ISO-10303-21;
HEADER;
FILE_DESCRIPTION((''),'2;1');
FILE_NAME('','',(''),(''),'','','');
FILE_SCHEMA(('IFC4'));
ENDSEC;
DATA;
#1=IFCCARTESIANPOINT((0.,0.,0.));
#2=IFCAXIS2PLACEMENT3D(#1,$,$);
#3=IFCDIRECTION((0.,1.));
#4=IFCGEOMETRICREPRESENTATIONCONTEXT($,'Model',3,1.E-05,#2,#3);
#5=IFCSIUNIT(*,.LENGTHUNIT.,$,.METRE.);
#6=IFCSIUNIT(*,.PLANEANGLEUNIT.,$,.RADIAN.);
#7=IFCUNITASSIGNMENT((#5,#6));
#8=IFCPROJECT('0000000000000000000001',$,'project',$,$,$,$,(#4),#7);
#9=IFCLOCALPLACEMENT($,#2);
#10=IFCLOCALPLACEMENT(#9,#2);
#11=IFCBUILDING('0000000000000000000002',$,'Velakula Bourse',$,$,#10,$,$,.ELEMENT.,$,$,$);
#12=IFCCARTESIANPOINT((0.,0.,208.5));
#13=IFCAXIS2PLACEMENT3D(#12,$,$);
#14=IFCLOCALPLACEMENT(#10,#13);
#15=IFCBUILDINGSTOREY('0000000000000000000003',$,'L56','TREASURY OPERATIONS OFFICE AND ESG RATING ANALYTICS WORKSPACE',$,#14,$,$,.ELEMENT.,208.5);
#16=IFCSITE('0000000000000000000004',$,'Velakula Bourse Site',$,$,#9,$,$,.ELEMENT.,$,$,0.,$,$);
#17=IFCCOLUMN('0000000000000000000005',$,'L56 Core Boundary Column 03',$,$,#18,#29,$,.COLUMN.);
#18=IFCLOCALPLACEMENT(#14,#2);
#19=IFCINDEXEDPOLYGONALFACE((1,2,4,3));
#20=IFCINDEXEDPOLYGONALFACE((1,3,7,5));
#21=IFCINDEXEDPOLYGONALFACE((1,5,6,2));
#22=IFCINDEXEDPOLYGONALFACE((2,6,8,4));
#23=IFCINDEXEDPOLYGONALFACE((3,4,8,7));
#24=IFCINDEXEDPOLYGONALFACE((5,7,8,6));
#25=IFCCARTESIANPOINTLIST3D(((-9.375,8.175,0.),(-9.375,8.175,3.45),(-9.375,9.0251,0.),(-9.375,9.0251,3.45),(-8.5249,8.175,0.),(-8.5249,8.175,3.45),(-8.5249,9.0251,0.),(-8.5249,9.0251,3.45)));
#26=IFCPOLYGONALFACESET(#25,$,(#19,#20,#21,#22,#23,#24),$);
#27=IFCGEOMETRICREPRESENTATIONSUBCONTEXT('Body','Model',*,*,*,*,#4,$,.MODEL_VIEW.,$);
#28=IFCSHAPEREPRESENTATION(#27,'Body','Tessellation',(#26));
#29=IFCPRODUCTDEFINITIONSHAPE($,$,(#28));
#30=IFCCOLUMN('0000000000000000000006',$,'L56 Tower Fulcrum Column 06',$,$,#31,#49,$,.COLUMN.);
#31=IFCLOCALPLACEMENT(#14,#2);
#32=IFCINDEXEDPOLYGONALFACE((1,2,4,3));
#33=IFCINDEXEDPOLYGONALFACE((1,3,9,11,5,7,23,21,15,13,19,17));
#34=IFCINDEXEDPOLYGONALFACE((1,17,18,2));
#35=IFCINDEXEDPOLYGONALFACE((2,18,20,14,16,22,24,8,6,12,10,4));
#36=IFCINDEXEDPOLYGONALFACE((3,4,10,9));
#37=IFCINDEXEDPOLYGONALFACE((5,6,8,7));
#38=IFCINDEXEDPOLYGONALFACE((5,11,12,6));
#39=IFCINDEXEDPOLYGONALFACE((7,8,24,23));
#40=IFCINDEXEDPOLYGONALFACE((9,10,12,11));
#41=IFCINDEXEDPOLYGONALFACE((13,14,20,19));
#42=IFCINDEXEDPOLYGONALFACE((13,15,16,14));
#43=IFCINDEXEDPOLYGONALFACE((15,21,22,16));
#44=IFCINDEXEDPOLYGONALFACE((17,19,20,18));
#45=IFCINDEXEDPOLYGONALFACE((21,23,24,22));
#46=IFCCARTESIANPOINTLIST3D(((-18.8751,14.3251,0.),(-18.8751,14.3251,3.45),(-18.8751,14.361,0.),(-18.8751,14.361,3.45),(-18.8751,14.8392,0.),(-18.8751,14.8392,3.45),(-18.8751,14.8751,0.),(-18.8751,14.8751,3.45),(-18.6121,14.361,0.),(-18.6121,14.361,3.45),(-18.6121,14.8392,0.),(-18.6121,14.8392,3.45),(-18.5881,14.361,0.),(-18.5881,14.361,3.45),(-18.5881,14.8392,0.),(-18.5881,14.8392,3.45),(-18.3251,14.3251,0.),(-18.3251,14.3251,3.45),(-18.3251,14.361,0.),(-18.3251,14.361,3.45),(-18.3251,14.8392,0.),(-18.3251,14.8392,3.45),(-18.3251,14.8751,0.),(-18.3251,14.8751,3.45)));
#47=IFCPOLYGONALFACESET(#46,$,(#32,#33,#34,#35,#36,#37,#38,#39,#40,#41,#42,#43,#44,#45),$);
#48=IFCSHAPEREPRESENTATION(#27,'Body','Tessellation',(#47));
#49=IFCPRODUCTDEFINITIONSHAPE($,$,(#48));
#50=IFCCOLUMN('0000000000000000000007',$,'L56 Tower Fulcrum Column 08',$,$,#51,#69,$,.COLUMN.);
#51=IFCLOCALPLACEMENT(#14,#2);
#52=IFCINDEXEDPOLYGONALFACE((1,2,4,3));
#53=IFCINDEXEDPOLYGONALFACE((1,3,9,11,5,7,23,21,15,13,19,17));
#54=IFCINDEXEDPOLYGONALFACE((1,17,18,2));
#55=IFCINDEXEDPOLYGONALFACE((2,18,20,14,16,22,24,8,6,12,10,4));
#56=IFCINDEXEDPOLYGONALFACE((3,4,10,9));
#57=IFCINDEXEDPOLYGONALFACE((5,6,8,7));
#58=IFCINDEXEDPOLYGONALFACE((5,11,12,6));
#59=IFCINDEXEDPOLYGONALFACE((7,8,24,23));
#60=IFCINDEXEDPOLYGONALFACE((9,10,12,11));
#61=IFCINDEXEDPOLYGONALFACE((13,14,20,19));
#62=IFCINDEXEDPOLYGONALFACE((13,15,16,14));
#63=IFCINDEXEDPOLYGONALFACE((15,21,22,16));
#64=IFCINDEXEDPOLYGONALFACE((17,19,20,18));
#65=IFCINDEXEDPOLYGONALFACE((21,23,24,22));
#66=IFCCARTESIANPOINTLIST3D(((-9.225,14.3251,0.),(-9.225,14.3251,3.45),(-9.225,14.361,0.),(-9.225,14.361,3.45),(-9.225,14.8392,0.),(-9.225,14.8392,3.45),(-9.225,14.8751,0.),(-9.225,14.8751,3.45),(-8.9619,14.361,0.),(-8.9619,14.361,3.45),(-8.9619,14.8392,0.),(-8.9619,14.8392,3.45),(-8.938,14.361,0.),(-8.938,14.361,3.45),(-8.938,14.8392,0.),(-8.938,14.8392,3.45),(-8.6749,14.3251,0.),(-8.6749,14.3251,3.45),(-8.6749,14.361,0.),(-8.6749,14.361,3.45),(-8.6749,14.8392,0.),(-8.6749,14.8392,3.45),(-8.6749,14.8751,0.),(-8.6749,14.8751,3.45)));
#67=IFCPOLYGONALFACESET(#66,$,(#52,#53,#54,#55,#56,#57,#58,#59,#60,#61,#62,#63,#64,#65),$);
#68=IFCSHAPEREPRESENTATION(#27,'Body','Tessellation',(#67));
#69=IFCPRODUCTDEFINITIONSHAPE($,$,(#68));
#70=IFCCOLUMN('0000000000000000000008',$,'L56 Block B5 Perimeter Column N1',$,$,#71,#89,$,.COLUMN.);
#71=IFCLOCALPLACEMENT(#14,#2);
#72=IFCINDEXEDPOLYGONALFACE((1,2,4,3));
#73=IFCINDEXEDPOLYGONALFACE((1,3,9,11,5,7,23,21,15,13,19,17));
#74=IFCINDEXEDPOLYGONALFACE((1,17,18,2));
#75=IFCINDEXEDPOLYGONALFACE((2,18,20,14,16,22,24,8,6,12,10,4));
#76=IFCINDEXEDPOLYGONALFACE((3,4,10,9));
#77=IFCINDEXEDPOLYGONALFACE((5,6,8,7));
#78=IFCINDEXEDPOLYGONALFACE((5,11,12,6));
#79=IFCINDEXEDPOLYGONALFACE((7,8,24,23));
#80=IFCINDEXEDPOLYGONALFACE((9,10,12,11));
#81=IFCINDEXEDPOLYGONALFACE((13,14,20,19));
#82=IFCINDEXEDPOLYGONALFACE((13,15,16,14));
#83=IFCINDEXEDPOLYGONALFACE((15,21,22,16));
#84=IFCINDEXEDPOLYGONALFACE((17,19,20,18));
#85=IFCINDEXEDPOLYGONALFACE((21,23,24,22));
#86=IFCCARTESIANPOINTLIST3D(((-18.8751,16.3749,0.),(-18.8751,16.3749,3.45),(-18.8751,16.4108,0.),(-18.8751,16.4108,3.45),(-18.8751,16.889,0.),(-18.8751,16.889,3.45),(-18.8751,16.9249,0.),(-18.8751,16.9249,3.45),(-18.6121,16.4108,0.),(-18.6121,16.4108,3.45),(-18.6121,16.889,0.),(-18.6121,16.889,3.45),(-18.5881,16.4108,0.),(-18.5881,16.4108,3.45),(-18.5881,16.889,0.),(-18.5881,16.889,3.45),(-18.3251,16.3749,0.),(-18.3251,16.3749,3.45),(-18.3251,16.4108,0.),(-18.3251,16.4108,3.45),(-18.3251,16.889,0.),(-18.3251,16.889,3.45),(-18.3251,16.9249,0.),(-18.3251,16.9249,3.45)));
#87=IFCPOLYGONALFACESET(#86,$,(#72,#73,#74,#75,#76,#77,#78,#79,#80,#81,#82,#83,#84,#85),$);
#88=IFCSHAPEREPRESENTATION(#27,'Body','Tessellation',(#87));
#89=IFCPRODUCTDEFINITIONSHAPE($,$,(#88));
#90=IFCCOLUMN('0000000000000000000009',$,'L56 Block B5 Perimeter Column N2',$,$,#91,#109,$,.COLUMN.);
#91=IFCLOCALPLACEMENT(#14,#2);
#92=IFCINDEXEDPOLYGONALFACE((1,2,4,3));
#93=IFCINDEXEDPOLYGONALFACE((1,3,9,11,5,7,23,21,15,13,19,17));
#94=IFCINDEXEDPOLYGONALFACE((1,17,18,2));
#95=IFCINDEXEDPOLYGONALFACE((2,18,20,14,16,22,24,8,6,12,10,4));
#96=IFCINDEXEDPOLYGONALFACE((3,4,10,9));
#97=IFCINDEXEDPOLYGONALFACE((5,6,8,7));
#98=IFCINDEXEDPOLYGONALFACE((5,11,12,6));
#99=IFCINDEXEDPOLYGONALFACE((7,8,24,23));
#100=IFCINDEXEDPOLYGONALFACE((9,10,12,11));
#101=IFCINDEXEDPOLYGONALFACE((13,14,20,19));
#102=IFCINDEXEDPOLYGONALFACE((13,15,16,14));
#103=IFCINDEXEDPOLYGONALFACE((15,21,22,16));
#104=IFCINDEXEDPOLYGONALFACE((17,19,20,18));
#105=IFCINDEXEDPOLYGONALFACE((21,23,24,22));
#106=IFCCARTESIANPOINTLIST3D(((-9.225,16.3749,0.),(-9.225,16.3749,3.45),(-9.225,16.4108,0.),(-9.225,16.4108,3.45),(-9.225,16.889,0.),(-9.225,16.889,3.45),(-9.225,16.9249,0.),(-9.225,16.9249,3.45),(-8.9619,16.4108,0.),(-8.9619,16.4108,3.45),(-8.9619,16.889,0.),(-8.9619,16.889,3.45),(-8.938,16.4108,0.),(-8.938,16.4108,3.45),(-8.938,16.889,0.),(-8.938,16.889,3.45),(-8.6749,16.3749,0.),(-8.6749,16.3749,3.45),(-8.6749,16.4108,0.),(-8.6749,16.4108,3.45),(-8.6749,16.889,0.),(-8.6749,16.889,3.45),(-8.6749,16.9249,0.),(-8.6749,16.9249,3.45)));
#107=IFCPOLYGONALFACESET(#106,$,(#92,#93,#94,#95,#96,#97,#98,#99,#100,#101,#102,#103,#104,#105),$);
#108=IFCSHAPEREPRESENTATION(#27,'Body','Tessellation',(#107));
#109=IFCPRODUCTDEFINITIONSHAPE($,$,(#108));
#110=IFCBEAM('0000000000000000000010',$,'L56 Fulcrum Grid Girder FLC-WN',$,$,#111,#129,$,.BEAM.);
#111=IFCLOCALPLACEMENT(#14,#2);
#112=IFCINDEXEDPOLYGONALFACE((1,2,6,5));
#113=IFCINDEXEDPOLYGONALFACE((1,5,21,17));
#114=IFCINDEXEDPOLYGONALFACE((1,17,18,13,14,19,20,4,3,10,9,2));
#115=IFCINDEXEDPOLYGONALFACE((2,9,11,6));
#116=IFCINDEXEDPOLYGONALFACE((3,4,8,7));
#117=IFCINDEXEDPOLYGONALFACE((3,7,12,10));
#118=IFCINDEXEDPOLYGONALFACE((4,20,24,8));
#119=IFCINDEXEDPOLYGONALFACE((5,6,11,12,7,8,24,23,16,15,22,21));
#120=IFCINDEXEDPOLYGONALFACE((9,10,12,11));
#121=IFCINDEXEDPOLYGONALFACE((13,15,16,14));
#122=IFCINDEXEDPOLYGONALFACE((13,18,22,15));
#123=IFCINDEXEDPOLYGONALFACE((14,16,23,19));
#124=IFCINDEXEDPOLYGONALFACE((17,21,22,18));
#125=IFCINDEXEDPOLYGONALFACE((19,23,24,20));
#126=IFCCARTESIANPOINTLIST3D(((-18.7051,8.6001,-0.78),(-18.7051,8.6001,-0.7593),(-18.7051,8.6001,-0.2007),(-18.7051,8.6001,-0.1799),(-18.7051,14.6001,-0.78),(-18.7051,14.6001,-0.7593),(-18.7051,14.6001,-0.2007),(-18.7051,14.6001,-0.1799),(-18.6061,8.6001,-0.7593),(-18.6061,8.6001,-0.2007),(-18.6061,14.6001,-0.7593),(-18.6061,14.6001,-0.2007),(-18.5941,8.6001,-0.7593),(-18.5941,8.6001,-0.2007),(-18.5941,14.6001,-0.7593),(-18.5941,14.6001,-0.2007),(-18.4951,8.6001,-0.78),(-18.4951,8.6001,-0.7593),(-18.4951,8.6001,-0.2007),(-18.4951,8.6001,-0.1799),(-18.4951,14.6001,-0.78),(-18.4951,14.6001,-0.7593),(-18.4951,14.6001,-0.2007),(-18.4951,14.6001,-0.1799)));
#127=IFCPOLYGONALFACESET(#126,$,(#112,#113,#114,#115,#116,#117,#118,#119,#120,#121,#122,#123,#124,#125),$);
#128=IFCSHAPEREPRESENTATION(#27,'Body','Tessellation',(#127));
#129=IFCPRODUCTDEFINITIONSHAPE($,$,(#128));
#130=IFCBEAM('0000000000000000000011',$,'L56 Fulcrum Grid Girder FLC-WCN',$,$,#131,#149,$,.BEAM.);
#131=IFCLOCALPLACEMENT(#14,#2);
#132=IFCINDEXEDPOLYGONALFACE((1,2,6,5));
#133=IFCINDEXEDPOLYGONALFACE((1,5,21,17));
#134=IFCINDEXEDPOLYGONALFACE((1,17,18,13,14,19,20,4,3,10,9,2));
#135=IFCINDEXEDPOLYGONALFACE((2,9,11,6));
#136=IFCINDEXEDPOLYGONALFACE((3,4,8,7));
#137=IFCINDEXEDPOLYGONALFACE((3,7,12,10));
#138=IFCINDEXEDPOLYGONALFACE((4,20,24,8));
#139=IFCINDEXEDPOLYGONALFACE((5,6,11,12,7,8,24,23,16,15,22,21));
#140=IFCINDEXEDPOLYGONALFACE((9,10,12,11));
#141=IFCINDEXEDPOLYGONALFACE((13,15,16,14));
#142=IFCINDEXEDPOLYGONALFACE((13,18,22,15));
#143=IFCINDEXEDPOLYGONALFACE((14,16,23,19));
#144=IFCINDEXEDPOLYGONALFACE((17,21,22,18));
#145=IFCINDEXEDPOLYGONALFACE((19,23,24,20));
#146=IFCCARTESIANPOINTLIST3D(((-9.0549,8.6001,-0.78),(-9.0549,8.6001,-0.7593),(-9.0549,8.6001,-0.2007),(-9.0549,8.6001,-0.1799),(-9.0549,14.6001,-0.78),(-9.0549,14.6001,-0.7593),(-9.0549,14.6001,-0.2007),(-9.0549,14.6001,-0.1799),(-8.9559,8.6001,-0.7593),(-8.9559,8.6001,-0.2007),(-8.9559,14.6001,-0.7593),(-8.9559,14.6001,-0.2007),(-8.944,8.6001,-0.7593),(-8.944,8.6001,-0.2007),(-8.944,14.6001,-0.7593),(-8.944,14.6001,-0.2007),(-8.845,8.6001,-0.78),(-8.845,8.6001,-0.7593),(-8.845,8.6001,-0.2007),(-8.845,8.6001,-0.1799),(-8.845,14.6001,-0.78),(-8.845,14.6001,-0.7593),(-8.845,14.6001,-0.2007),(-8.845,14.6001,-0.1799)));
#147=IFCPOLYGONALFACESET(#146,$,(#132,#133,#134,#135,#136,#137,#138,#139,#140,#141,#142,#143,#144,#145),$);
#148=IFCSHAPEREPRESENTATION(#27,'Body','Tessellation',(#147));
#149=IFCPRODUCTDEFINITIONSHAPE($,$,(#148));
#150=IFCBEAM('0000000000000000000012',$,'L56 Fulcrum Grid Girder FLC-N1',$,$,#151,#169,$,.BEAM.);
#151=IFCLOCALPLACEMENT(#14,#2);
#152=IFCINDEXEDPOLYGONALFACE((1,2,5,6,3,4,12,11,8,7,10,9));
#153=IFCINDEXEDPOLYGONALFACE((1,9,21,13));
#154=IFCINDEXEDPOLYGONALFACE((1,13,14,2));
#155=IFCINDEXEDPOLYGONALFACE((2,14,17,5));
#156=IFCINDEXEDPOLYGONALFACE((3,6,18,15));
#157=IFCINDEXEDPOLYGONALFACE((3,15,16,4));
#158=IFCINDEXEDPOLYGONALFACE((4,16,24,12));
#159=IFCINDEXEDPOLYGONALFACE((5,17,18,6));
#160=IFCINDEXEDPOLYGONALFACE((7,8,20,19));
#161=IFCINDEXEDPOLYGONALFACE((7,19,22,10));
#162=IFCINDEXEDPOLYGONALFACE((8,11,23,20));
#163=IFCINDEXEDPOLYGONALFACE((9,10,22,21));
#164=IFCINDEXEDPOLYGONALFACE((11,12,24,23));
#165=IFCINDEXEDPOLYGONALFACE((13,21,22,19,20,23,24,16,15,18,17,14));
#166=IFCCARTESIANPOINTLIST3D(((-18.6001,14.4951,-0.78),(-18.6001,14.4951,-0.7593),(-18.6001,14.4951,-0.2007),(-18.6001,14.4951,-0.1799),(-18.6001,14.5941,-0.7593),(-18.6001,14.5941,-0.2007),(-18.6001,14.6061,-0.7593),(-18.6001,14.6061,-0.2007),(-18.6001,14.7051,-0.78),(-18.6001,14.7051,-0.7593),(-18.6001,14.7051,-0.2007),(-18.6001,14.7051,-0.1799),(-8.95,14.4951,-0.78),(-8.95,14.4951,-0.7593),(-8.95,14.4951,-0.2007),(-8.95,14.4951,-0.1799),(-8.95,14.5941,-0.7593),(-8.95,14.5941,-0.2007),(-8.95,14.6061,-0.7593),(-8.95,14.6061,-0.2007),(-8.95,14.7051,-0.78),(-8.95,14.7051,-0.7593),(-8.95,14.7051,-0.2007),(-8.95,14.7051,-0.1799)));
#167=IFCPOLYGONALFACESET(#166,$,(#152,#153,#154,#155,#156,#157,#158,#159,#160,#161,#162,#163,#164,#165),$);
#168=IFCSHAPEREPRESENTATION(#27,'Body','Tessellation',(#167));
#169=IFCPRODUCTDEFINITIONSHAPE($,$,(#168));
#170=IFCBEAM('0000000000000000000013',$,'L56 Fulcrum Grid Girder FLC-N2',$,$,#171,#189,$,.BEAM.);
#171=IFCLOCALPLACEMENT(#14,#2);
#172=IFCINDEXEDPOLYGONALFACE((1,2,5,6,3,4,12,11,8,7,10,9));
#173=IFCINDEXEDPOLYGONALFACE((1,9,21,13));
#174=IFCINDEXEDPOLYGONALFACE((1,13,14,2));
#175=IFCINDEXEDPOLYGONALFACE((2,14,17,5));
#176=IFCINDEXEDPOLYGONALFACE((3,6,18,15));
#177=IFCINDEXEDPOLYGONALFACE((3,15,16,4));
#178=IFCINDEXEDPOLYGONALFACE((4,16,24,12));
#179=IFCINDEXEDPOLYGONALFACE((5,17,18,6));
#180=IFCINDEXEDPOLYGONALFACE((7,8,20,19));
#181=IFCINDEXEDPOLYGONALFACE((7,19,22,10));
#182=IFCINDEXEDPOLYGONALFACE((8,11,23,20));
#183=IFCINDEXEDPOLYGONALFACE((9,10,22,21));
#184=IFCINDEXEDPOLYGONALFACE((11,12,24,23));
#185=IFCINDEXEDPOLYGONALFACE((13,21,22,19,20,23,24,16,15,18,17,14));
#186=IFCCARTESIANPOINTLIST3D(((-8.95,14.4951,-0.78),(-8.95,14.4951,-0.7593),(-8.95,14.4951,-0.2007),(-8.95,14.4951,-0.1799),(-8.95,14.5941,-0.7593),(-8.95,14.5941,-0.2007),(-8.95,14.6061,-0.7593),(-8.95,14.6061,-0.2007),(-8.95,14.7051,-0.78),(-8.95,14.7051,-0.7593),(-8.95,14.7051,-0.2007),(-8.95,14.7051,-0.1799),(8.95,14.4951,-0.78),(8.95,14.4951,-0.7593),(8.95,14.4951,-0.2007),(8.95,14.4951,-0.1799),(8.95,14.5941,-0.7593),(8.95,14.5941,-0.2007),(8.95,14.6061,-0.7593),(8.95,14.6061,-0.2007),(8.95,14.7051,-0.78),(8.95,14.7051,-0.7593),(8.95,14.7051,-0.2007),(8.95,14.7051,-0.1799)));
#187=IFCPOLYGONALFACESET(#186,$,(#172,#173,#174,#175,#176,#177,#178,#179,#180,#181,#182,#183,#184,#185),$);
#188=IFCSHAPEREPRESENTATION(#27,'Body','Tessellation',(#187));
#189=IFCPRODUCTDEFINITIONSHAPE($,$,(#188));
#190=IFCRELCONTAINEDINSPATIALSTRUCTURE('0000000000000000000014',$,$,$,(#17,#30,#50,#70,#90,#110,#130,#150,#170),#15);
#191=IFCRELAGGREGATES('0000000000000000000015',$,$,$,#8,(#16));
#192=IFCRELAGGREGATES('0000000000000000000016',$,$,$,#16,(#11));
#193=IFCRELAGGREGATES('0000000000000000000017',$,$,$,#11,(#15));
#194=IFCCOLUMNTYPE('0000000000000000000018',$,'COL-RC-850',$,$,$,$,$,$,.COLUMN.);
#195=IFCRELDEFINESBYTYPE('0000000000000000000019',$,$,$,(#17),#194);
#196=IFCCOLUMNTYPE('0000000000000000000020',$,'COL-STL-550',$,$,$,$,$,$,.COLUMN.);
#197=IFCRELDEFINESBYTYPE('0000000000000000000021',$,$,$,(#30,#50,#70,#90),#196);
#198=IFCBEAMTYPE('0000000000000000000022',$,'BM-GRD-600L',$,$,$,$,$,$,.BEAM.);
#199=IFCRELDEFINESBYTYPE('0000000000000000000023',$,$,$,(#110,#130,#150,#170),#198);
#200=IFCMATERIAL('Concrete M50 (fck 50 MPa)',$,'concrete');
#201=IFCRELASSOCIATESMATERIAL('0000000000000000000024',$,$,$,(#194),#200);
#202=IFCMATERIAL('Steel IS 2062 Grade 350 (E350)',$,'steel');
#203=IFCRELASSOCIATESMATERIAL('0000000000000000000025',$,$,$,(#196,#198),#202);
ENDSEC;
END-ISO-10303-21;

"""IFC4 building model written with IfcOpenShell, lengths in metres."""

from ifc_helpers import new_model, si_unit, direction, frame, origin, origin_2d, place, context, subcontext, project, spatial, rectangle, i_section, extrude, material, material_profile, profile_set, type_object, element, save


model = new_model("IFC4")

# Units and contexts
model_context = context("Model", 3, precision=1e-05, world=origin(), true_north=direction((0.0, 1.0)))
body_context = subcontext(model_context, "Body", "Model", "MODEL_VIEW")
ifc_project = project(units=[si_unit("LENGTHUNIT", "METRE"), si_unit("PLANEANGLEUNIT", "RADIAN")], contexts=[model_context])

# Site, building, storey
site_placement = place(None, origin())
site = spatial("IfcSite", under=ifc_project, at=site_placement, Name="Velakula Bourse Site", CompositionType="ELEMENT", RefElevation=0.0)
building_placement = place(site_placement, origin())
building = spatial("IfcBuilding", under=site, at=building_placement, Name="Velakula Bourse", CompositionType="ELEMENT")
storey_placement = place(building_placement, frame((0.0, 0.0, 208.5)))
storey = spatial("IfcBuildingStorey", under=building, at=storey_placement, Name="L56", Description="TREASURY OPERATIONS OFFICE AND ESG RATING ANALYTICS WORKSPACE", CompositionType="ELEMENT", Elevation=208.5)

# Columns
ifc_material_1 = material(Name="Concrete M50 (fck 50 MPa)", Category="concrete")
ifc_material_profile_1 = material_profile(ifc_material_1, rectangle(XDim=0.8501, YDim=0.8501, at=origin_2d()), Name="Concrete M50 (fck 50 MPa)")
ifc_profile_set_1 = profile_set([ifc_material_profile_1], Name="Concrete M50 (fck 50 MPa)")
column_type_1 = type_object("IfcColumnType", Name="COL-RC-850", PredefinedType="COLUMN", material=ifc_profile_set_1)
column_placement = place(storey_placement, frame((-8.95, 8.6001, 0.0), z_axis=(0.0, 0.0, 1.0), x_axis=(1.0, 0.0, 0.0)))
element("IfcColumn", 1, at=column_placement, inside=storey, type_object=column_type_1, Name="L56 Core Boundary Column 03", PredefinedType="COLUMN", context=body_context, shape_type="SweptSolid", body=[
    extrude(rectangle(XDim=0.8501, YDim=0.8501, at=origin_2d()), origin(), (0.0, 0.0, 1.0), 3.45),
])
ifc_material_2 = material(Name="Steel IS 2062 Grade 350 (E350)", Category="steel")
ifc_material_profile_2 = material_profile(ifc_material_2, i_section(OverallWidth=0.55, OverallDepth=0.55, WebThickness=0.0239, FlangeThickness=0.0359, at=origin_2d()), Name="Steel IS 2062 Grade 350 (E350)")
ifc_profile_set_2 = profile_set([ifc_material_profile_2], Name="Steel IS 2062 Grade 350 (E350)")
column_type_2 = type_object("IfcColumnType", Name="COL-STL-550", PredefinedType="COLUMN", material=ifc_profile_set_2)
for number, where, z_axis, x_axis, name in (
    (2, (-18.6001, 14.6001, 0.0), (0.0, 0.0, 1.0), (1.0, 0.0, 0.0), "L56 Tower Fulcrum Column 06"),
    (3, (-8.95, 14.6001, 0.0), (0.0, 0.0, 1.0), (1.0, 0.0, 0.0), "L56 Tower Fulcrum Column 08"),
    (4, (-18.6001, 16.6499, 0.0), (0.0, 0.0, 1.0), (1.0, 0.0, 0.0), "L56 Block B5 Perimeter Column N1"),
    (5, (-8.95, 16.6499, 0.0), (0.0, 0.0, 1.0), (1.0, 0.0, 0.0), "L56 Block B5 Perimeter Column N2"),
):
    element("IfcColumn", number, at=place(storey_placement, frame(where, z_axis=z_axis, x_axis=x_axis)), inside=storey, type_object=column_type_2, Name=name, PredefinedType="COLUMN", context=body_context, shape_type="SweptSolid", body=[
        extrude(i_section(OverallWidth=0.55, OverallDepth=0.55, WebThickness=0.0239, FlangeThickness=0.0359, at=origin_2d()), origin(), (0.0, 0.0, 1.0), 3.45),
    ])

# Beams
ifc_material_profile_3 = material_profile(ifc_material_2, i_section(OverallWidth=0.21, OverallDepth=0.6001, WebThickness=0.012, FlangeThickness=0.0208, at=origin_2d()), Name="Steel IS 2062 Grade 350 (E350)")
ifc_profile_set_3 = profile_set([ifc_material_profile_3], Name="Steel IS 2062 Grade 350 (E350)")
beam_type_1 = type_object("IfcBeamType", Name="BM-GRD-600L", PredefinedType="BEAM", material=ifc_profile_set_3)
for number, where, z_axis, x_axis, name in (
    (6, (-18.6001, 8.6001, -0.48), (0.0, 1.0, 0.0), (-1.0, 0.0, 0.0), "L56 Fulcrum Grid Girder FLC-WN"),
    (7, (-8.95, 8.6001, -0.48), (0.0, 1.0, 0.0), (-1.0, 0.0, 0.0), "L56 Fulcrum Grid Girder FLC-WCN"),
):
    element("IfcBeam", number, at=place(storey_placement, frame(where, z_axis=z_axis, x_axis=x_axis)), inside=storey, type_object=beam_type_1, Name=name, PredefinedType="BEAM", context=body_context, shape_type="SweptSolid", body=[
        extrude(i_section(OverallWidth=0.21, OverallDepth=0.6001, WebThickness=0.012, FlangeThickness=0.0208, at=origin_2d()), origin(), (0.0, 0.0, 1.0), 6.0),
    ])
beam_1_placement = place(storey_placement, frame((-18.6001, 14.6001, -0.48), z_axis=(1.0, 0.0, 0.0), x_axis=(0.0, 1.0, 0.0)))
element("IfcBeam", 8, at=beam_1_placement, inside=storey, type_object=beam_type_1, Name="L56 Fulcrum Grid Girder FLC-N1", PredefinedType="BEAM", context=body_context, shape_type="SweptSolid", body=[
    extrude(i_section(OverallWidth=0.21, OverallDepth=0.6001, WebThickness=0.012, FlangeThickness=0.0208, at=origin_2d()), origin(), (0.0, 0.0, 1.0), 9.6501),
])
beam_2_placement = place(storey_placement, frame((-8.95, 14.6001, -0.48), z_axis=(1.0, 0.0, 0.0), x_axis=(0.0, 1.0, 0.0)))
element("IfcBeam", 9, at=beam_2_placement, inside=storey, type_object=beam_type_1, Name="L56 Fulcrum Grid Girder FLC-N2", PredefinedType="BEAM", context=body_context, shape_type="SweptSolid", body=[
    extrude(i_section(OverallWidth=0.21, OverallDepth=0.6001, WebThickness=0.012, FlangeThickness=0.0208, at=origin_2d()), origin(), (0.0, 0.0, 1.0), 17.8999),
])

save(model, "model.ifc")
